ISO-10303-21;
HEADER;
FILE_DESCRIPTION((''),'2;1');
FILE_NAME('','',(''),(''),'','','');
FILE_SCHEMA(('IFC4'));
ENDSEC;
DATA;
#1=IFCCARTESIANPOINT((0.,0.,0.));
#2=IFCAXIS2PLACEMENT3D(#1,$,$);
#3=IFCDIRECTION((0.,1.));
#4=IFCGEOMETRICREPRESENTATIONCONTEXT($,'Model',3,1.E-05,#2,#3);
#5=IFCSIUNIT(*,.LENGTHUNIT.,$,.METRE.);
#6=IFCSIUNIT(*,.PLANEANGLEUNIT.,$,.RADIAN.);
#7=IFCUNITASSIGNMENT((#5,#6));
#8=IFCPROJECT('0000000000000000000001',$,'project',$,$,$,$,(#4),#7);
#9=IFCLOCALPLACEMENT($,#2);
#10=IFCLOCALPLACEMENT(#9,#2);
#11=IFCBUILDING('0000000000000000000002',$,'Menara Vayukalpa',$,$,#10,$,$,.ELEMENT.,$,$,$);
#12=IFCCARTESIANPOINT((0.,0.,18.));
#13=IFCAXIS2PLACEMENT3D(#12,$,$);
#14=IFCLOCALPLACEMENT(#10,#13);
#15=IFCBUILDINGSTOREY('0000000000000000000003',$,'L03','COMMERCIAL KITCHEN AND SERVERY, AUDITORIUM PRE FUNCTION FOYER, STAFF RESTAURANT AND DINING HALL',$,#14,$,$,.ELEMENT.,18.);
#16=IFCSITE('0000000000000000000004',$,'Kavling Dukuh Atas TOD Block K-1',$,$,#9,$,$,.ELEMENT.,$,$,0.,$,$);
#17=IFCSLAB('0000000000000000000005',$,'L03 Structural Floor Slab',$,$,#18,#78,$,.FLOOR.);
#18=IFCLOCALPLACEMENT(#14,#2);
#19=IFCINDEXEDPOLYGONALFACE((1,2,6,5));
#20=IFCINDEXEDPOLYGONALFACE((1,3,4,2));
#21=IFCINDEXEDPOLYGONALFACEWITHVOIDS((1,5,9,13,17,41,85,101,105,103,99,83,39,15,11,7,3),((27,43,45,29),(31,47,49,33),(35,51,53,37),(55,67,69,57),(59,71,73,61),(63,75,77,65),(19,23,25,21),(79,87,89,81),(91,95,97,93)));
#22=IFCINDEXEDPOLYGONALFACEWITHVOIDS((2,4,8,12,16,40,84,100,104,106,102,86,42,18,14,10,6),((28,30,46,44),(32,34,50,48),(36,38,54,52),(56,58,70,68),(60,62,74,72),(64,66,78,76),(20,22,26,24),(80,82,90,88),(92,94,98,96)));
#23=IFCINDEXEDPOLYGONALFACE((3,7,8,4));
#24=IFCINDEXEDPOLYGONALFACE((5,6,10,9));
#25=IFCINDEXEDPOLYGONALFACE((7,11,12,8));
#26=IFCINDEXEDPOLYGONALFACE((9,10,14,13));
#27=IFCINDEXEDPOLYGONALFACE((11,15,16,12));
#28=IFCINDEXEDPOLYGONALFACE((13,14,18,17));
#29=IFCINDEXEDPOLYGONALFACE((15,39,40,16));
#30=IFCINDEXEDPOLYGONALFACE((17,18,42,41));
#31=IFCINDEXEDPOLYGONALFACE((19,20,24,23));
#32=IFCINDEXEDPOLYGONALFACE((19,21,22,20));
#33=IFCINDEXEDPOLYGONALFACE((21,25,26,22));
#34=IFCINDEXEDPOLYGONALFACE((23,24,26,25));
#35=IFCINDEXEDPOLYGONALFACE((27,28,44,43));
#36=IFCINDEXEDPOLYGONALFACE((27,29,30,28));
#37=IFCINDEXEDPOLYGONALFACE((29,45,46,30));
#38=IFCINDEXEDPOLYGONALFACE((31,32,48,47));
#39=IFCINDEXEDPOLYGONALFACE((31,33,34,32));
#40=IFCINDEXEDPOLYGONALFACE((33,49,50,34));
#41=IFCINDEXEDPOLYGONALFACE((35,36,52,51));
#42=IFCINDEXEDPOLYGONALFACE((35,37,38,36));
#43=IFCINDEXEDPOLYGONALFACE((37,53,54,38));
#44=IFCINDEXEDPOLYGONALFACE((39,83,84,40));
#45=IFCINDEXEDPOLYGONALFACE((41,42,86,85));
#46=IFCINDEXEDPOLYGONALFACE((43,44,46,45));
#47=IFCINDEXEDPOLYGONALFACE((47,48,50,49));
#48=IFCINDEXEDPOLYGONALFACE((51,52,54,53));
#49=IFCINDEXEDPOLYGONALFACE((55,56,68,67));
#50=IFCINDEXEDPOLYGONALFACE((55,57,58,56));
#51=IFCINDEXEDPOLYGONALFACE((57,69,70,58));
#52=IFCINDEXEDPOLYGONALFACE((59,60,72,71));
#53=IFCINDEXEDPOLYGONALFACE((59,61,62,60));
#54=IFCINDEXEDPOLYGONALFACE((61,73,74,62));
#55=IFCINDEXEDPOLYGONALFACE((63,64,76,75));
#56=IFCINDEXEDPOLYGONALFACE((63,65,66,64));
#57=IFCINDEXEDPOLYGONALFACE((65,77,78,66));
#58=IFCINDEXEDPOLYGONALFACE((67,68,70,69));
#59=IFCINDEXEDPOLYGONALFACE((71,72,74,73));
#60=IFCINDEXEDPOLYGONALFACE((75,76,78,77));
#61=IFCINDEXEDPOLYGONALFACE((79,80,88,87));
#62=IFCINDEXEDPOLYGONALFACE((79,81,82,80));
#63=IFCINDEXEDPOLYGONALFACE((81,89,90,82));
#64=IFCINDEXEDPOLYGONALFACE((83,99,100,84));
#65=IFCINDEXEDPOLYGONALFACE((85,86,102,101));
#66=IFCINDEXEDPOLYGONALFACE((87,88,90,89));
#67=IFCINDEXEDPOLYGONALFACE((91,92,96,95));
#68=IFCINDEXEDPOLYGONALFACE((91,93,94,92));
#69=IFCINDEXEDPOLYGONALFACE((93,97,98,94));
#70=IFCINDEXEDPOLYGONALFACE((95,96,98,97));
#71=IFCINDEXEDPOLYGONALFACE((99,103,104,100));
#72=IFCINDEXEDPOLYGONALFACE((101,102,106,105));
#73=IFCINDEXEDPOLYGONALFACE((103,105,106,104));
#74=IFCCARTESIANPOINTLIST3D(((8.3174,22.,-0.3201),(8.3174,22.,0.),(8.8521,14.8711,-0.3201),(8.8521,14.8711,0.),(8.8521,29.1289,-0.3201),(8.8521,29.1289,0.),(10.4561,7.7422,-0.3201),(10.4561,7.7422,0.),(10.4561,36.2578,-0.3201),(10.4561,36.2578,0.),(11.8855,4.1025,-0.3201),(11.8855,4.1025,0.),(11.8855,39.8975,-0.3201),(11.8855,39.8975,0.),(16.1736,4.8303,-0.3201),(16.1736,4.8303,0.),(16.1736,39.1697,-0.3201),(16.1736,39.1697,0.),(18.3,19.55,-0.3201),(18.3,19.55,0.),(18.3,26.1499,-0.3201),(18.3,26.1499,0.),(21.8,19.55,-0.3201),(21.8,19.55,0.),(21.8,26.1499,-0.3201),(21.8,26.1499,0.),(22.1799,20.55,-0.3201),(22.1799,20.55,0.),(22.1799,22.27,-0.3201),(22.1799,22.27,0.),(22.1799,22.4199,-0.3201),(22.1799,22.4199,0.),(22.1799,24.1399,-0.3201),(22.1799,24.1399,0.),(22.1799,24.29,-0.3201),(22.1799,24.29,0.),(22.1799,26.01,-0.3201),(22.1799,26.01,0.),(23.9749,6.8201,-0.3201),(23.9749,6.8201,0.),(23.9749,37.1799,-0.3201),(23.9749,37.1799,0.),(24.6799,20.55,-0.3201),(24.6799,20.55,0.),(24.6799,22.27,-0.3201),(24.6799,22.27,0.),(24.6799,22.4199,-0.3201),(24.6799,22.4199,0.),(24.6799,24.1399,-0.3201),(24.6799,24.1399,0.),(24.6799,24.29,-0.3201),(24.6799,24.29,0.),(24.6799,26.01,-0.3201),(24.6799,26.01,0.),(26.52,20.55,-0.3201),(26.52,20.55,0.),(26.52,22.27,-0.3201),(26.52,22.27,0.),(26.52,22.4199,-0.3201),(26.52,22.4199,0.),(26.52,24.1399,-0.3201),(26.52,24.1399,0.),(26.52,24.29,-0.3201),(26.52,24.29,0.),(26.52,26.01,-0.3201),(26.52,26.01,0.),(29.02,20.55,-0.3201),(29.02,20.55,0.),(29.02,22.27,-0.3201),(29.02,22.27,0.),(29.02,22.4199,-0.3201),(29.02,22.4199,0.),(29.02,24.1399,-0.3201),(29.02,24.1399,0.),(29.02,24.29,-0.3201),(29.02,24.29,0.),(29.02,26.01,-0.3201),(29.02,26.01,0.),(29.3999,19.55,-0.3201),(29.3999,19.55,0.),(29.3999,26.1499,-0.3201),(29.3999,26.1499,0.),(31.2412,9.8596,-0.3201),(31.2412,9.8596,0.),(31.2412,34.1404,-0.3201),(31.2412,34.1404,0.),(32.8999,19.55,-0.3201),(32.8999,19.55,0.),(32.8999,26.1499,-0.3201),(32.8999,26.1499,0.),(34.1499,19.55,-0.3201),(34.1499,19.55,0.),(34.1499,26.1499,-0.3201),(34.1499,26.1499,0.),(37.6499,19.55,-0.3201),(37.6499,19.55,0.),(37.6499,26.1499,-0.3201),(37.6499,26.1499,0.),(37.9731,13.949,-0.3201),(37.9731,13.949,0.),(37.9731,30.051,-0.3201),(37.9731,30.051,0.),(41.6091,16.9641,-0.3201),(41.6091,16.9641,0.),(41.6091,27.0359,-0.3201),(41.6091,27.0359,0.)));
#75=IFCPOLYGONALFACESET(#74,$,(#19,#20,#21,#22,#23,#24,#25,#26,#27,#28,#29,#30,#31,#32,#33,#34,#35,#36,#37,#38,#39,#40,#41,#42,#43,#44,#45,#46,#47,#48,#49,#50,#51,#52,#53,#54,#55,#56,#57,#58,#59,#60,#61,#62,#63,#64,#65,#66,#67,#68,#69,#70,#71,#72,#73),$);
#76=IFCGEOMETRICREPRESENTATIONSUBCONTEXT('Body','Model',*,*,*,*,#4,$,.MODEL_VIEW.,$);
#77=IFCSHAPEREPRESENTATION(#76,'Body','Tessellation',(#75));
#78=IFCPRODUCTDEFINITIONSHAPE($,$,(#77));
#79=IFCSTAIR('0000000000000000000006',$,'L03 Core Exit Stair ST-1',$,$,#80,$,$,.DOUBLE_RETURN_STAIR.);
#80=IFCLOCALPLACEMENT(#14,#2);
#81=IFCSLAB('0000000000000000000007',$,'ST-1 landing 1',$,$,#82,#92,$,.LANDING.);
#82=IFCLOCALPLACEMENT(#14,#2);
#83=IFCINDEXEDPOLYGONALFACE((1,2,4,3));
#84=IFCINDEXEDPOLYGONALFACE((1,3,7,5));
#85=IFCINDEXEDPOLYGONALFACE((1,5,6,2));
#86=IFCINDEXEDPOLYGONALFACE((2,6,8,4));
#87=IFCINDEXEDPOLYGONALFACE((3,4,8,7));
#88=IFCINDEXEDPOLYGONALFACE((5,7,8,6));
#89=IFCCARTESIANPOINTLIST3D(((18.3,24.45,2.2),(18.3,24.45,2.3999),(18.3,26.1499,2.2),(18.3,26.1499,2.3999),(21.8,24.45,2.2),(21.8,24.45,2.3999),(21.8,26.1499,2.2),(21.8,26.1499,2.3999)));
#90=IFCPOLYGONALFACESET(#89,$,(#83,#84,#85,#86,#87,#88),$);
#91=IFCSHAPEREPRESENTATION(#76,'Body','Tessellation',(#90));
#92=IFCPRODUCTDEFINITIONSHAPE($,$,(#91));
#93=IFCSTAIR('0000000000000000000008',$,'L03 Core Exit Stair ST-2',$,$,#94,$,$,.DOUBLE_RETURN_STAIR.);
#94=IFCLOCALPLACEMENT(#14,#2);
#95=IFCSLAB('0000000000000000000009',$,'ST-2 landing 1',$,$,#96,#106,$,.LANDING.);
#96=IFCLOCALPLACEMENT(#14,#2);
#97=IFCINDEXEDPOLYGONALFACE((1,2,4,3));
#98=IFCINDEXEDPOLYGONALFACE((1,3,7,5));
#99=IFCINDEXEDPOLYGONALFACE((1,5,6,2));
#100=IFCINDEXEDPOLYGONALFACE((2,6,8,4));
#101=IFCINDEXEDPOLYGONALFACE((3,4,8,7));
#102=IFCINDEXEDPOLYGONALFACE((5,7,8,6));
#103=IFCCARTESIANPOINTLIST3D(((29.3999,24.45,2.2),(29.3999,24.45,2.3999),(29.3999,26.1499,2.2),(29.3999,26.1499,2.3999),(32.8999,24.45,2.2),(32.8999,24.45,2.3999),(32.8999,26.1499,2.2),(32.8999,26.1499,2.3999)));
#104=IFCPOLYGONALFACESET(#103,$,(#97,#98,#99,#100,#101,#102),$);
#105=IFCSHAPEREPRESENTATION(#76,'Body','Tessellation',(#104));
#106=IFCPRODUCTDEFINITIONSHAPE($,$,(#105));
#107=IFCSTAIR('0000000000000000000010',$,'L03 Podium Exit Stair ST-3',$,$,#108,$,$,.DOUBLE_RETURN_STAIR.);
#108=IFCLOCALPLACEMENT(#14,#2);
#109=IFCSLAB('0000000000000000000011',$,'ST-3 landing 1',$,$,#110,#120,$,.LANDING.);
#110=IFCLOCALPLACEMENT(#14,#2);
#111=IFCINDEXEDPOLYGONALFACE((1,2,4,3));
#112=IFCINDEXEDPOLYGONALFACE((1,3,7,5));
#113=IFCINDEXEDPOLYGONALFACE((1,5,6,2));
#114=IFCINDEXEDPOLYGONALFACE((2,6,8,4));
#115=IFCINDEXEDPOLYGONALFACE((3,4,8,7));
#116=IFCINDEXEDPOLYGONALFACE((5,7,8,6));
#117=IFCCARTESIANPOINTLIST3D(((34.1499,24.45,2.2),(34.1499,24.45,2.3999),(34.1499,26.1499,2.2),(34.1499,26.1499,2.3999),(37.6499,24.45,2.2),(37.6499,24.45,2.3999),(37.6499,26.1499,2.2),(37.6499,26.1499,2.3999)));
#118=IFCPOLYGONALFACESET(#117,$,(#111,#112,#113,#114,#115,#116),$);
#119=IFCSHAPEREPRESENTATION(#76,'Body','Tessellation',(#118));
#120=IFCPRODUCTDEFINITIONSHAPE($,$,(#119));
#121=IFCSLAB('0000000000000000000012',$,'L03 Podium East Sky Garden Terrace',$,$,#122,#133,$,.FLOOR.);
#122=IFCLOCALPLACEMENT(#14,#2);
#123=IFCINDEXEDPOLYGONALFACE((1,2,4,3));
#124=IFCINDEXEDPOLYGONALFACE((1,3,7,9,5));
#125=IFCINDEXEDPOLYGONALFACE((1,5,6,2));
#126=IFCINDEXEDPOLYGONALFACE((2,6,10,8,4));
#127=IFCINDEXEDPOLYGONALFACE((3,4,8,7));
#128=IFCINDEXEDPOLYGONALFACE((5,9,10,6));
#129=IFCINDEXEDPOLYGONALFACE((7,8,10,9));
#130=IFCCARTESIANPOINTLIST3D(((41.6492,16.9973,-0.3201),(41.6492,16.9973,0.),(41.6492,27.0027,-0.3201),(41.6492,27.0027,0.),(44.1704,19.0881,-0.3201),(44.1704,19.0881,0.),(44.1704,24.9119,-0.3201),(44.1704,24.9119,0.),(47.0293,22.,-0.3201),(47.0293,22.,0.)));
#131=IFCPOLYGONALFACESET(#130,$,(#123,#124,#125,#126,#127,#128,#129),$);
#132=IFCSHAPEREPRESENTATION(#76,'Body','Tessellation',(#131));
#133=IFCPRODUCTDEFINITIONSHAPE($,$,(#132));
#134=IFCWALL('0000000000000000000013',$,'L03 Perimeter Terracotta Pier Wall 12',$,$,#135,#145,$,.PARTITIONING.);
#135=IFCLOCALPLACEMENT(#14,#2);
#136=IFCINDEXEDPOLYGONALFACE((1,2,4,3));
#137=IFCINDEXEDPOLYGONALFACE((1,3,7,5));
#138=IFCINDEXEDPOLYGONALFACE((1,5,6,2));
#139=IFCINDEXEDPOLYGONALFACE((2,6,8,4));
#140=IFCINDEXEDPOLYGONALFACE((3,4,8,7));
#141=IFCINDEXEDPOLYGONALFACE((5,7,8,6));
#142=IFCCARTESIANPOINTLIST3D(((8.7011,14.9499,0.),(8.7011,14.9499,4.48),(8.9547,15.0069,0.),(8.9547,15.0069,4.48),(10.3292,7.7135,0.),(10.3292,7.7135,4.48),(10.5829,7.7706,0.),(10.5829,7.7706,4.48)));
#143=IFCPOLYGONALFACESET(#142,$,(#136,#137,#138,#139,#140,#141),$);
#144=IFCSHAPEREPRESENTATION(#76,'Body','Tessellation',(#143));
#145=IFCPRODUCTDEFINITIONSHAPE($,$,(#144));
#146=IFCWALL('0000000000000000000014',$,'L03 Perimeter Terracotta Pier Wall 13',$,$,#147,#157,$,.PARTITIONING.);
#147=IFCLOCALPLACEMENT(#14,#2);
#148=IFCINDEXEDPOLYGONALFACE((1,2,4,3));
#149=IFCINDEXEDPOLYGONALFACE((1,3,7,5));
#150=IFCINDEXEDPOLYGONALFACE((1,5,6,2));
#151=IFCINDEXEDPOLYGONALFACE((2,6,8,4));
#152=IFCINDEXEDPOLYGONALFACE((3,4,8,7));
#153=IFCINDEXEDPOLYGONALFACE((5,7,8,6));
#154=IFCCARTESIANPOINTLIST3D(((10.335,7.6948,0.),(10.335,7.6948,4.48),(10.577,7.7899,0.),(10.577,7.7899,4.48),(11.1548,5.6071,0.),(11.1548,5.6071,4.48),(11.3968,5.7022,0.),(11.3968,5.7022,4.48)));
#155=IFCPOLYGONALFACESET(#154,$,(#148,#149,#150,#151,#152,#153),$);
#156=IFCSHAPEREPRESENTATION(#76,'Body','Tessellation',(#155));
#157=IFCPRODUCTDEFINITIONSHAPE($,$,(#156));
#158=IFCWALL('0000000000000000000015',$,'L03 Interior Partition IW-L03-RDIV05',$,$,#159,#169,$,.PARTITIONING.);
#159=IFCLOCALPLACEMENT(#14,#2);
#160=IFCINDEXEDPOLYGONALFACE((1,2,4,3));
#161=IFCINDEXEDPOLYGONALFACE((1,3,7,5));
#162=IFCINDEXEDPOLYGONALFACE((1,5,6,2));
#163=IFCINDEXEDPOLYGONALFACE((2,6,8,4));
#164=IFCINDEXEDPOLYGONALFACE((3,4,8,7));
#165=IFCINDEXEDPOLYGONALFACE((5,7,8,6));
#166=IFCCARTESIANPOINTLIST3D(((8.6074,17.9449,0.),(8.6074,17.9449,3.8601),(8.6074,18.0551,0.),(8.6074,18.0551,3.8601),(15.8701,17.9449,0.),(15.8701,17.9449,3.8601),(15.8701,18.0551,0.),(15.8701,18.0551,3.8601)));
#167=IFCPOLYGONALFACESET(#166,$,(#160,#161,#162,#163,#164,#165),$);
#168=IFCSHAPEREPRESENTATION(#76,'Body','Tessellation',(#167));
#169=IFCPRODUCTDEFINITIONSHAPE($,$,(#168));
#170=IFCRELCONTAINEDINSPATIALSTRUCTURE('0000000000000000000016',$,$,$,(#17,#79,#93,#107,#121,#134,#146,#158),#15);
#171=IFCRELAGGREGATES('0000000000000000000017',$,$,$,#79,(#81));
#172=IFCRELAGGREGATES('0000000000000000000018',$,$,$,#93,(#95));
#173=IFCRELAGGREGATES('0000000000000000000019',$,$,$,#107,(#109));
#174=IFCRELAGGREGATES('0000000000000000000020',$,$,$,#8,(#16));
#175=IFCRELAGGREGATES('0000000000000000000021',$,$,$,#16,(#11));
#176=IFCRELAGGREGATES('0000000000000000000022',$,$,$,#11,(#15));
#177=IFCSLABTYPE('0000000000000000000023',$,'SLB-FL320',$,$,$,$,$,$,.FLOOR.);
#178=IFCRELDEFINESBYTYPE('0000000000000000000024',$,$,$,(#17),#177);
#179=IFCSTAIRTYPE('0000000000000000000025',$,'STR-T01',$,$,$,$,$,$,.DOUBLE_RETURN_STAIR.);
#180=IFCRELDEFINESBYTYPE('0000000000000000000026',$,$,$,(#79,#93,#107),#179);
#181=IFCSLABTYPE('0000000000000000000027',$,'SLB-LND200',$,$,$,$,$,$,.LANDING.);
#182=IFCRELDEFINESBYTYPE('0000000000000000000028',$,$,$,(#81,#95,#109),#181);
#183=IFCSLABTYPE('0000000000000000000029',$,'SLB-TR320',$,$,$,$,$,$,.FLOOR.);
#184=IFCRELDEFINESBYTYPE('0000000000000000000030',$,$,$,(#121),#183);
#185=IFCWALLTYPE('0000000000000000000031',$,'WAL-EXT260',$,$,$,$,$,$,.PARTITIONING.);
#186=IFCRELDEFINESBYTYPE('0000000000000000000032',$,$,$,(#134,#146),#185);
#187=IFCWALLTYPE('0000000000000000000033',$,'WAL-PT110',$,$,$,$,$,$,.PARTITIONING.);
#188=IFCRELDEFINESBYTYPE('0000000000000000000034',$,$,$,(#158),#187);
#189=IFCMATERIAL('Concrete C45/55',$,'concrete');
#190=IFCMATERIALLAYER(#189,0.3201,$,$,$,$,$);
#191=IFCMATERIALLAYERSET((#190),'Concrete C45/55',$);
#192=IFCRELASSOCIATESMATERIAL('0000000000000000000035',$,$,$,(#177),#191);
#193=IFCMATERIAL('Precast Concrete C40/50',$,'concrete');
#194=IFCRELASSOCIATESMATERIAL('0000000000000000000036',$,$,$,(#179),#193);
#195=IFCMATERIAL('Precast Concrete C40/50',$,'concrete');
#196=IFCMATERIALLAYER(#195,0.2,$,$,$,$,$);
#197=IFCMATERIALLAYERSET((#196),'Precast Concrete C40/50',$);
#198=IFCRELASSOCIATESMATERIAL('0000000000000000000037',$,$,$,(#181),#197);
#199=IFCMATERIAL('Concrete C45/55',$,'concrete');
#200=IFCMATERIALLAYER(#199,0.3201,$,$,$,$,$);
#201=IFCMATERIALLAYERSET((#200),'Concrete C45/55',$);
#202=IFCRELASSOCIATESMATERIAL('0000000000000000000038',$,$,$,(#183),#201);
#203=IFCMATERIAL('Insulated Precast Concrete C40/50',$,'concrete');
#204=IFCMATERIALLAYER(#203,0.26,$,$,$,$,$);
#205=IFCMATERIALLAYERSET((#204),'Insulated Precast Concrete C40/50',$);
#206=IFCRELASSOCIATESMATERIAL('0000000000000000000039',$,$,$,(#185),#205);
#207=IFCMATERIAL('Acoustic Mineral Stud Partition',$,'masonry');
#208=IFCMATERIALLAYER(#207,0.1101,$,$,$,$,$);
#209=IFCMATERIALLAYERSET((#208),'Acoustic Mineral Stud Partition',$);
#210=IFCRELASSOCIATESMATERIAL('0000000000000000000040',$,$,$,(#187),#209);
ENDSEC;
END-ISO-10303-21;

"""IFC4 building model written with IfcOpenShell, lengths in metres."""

from ifc_helpers import new_model, si_unit, direction, frame, frame_2d, origin, place, context, subcontext, project, spatial, polyline, rectangle, outline, extrude, material, layer, layer_set, type_object, element, aggregate, save


model = new_model("IFC4")

# Units and contexts
model_context = context("Model", 3, precision=1e-05, world=origin(), true_north=direction((0.0, 1.0)))
body_context = subcontext(model_context, "Body", "Model", "MODEL_VIEW")
ifc_project = project(units=[si_unit("LENGTHUNIT", "METRE"), si_unit("PLANEANGLEUNIT", "RADIAN")], contexts=[model_context])

# Site, building, storey
site_placement = place(None, origin())
site = spatial("IfcSite", under=ifc_project, at=site_placement, Name="Kavling Dukuh Atas TOD Block K-1", CompositionType="ELEMENT", RefElevation=0.0)
building_placement = place(site_placement, origin())
building = spatial("IfcBuilding", under=site, at=building_placement, Name="Menara Vayukalpa", CompositionType="ELEMENT")
storey_placement = place(building_placement, frame((0.0, 0.0, 18.0)))
storey = spatial("IfcBuildingStorey", under=building, at=storey_placement, Name="L03", Description="COMMERCIAL KITCHEN AND SERVERY, AUDITORIUM PRE FUNCTION FOYER, STAFF RESTAURANT AND DINING HALL", CompositionType="ELEMENT", Elevation=18.0)

# Slab
ifc_material_1 = material(Name="Concrete C45/55", Category="concrete")
ifc_layer_1 = layer(ifc_material_1, 0.3201)
ifc_layer_set_1 = layer_set([ifc_layer_1], Name="Concrete C45/55")
slab_type_1 = type_object("IfcSlabType", Name="SLB-FL320", PredefinedType="FLOOR", material=ifc_layer_set_1)
slab_1_placement = place(storey_placement, frame((0.0, 0.0, -0.3201)))
element("IfcSlab", 1, at=slab_1_placement, inside=storey, type_object=slab_type_1, Name="L03 Structural Floor Slab", PredefinedType="FLOOR", context=body_context, shape_type="SweptSolid", body=[
    extrude(outline(polyline([(37.9731, 13.949), (31.2412, 9.8596), (23.9749, 6.8201), (16.1736, 4.8303), (11.8855, 4.1025), (10.4561, 7.7422), (8.8521, 14.8711), (8.3174, 22.0), (8.8521, 29.1289), (10.4561, 36.2578), (11.8855, 39.8975), (16.1736, 39.1697), (23.9749, 37.1799), (31.2412, 34.1404), (37.9731, 30.051), (41.6091, 27.0359), (41.6091, 16.9641), (37.9731, 13.949)]), holes=[polyline([(21.8, 19.55), (21.8, 26.1499), (18.3, 26.1499), (18.3, 19.55), (21.8, 19.55)]), polyline([(32.8999, 19.55), (32.8999, 26.1499), (29.3999, 26.1499), (29.3999, 19.55), (32.8999, 19.55)]), polyline([(37.6499, 19.55), (37.6499, 26.1499), (34.1499, 26.1499), (34.1499, 19.55), (37.6499, 19.55)]), polyline([(22.1799, 20.55), (24.6799, 20.55), (24.6799, 22.27), (22.1799, 22.27), (22.1799, 20.55)]), polyline([(26.52, 20.55), (29.02, 20.55), (29.02, 22.27), (26.52, 22.27), (26.52, 20.55)]), polyline([(22.1799, 22.4199), (24.6799, 22.4199), (24.6799, 24.1399), (22.1799, 24.1399), (22.1799, 22.4199)]), polyline([(22.1799, 24.29), (24.6799, 24.29), (24.6799, 26.01), (22.1799, 26.01), (22.1799, 24.29)]), polyline([(26.52, 24.29), (29.02, 24.29), (29.02, 26.01), (26.52, 26.01), (26.52, 24.29)]), polyline([(26.52, 22.4199), (29.02, 22.4199), (29.02, 24.1399), (26.52, 24.1399), (26.52, 22.4199)])]), origin(), (0.0, 0.0, 1.0), 0.3201),
])

# Stairs, slabs
ifc_material_2 = material(Name="Precast Concrete C40/50", Category="concrete")
stair_type = type_object("IfcStairType", Name="STR-T01", PredefinedType="DOUBLE_RETURN_STAIR", material=ifc_material_2)
stair_1_placement = place(storey_placement, origin())
stair_1 = element("IfcStair", 2, at=stair_1_placement, inside=storey, type_object=stair_type, Name="L03 Core Exit Stair ST-1", PredefinedType="DOUBLE_RETURN_STAIR")
ifc_material_3 = material(Name="Precast Concrete C40/50", Category="concrete")
ifc_layer_2 = layer(ifc_material_3, 0.2)
ifc_layer_set_2 = layer_set([ifc_layer_2], Name="Precast Concrete C40/50")
slab_type_2 = type_object("IfcSlabType", Name="SLB-LND200", PredefinedType="LANDING", material=ifc_layer_set_2)
slab_2_placement = place(storey_placement, frame((0.0, 0.0, 2.2)))
slab_2 = element("IfcSlab", 3, at=slab_2_placement, type_object=slab_type_2, Name="ST-1 landing 1", PredefinedType="LANDING", context=body_context, shape_type="SweptSolid", body=[
    extrude(outline(polyline([(21.8, 24.45), (21.8, 26.1499), (18.3, 26.1499), (18.3, 24.45), (21.8, 24.45)])), origin(), (0.0, 0.0, 1.0), 0.2),
])
aggregate(stair_1, [slab_2])
stair_2_placement = place(storey_placement, origin())
stair_2 = element("IfcStair", 4, at=stair_2_placement, inside=storey, type_object=stair_type, Name="L03 Core Exit Stair ST-2", PredefinedType="DOUBLE_RETURN_STAIR")
slab_3_placement = place(storey_placement, frame((0.0, 0.0, 2.2)))
slab_3 = element("IfcSlab", 5, at=slab_3_placement, type_object=slab_type_2, Name="ST-2 landing 1", PredefinedType="LANDING", context=body_context, shape_type="SweptSolid", body=[
    extrude(outline(polyline([(32.8999, 24.45), (32.8999, 26.1499), (29.3999, 26.1499), (29.3999, 24.45), (32.8999, 24.45)])), origin(), (0.0, 0.0, 1.0), 0.2),
])
aggregate(stair_2, [slab_3])
stair_3_placement = place(storey_placement, origin())
stair_3 = element("IfcStair", 6, at=stair_3_placement, inside=storey, type_object=stair_type, Name="L03 Podium Exit Stair ST-3", PredefinedType="DOUBLE_RETURN_STAIR")
slab_4_placement = place(storey_placement, frame((0.0, 0.0, 2.2)))
slab_4 = element("IfcSlab", 7, at=slab_4_placement, type_object=slab_type_2, Name="ST-3 landing 1", PredefinedType="LANDING", context=body_context, shape_type="SweptSolid", body=[
    extrude(outline(polyline([(37.6499, 24.45), (37.6499, 26.1499), (34.1499, 26.1499), (34.1499, 24.45), (37.6499, 24.45)])), origin(), (0.0, 0.0, 1.0), 0.2),
])
aggregate(stair_3, [slab_4])

# Slab
ifc_material_4 = material(Name="Concrete C45/55", Category="concrete")
ifc_layer_3 = layer(ifc_material_4, 0.3201)
ifc_layer_set_3 = layer_set([ifc_layer_3], Name="Concrete C45/55")
slab_type_3 = type_object("IfcSlabType", Name="SLB-TR320", PredefinedType="FLOOR", material=ifc_layer_set_3)
slab_5_placement = place(storey_placement, frame((0.0, 0.0, -0.3201)))
element("IfcSlab", 8, at=slab_5_placement, inside=storey, type_object=slab_type_3, Name="L03 Podium East Sky Garden Terrace", PredefinedType="FLOOR", context=body_context, shape_type="SweptSolid", body=[
    extrude(outline(polyline([(44.1704, 24.9119), (47.0293, 22.0), (44.1704, 19.0881), (41.6492, 16.9973), (41.6492, 27.0027), (44.1704, 24.9119)])), origin(), (0.0, 0.0, 1.0), 0.3201),
])

# Walls
ifc_material_5 = material(Name="Insulated Precast Concrete C40/50", Category="concrete")
ifc_layer_4 = layer(ifc_material_5, 0.26)
ifc_layer_set_4 = layer_set([ifc_layer_4], Name="Insulated Precast Concrete C40/50")
wall_type_1 = type_object("IfcWallType", Name="WAL-EXT260", PredefinedType="PARTITIONING", material=ifc_layer_set_4)
wall_1_placement = place(storey_placement, frame((10.4561, 7.7422, 0.0), z_axis=(0.0, 0.0, 1.0), x_axis=(-0.219512, 0.97561, 0.0)))
element("IfcWall", 9, at=wall_1_placement, inside=storey, type_object=wall_type_1, Name="L03 Perimeter Terracotta Pier Wall 12", PredefinedType="PARTITIONING", context=body_context, shape_type="SweptSolid", body=[
    extrude(rectangle(XDim=7.4172, YDim=0.26, at=frame_2d((3.7085, 0.0))), origin(), (0.0, 0.0, 1.0), 4.48),
])
wall_2_placement = place(storey_placement, frame((11.2759, 5.6545, 0.0), z_axis=(0.0, 0.0, 1.0), x_axis=(-0.365528, 0.9308, 0.0)))
element("IfcWall", 10, at=wall_2_placement, inside=storey, type_object=wall_type_1, Name="L03 Perimeter Terracotta Pier Wall 13", PredefinedType="PARTITIONING", context=body_context, shape_type="SweptSolid", body=[
    extrude(rectangle(XDim=2.2429, YDim=0.26, at=frame_2d((1.1216, 0.0))), origin(), (0.0, 0.0, 1.0), 4.48),
])
ifc_material_6 = material(Name="Acoustic Mineral Stud Partition", Category="masonry")
ifc_layer_5 = layer(ifc_material_6, 0.1101)
ifc_layer_set_5 = layer_set([ifc_layer_5], Name="Acoustic Mineral Stud Partition")
wall_type_2 = type_object("IfcWallType", Name="WAL-PT110", PredefinedType="PARTITIONING", material=ifc_layer_set_5)
wall_3_placement = place(storey_placement, frame((8.6074, 18.0, 0.0), z_axis=(0.0, 0.0, 1.0), x_axis=(1.0, 0.0, 0.0)))
element("IfcWall", 11, at=wall_3_placement, inside=storey, type_object=wall_type_2, Name="L03 Interior Partition IW-L03-RDIV05", PredefinedType="PARTITIONING", context=body_context, shape_type="SweptSolid", body=[
    extrude(rectangle(XDim=7.2627, YDim=0.1101, at=frame_2d((3.6313, 0.0))), origin(), (0.0, 0.0, 1.0), 3.8601),
])

save(model, "model.ifc")
